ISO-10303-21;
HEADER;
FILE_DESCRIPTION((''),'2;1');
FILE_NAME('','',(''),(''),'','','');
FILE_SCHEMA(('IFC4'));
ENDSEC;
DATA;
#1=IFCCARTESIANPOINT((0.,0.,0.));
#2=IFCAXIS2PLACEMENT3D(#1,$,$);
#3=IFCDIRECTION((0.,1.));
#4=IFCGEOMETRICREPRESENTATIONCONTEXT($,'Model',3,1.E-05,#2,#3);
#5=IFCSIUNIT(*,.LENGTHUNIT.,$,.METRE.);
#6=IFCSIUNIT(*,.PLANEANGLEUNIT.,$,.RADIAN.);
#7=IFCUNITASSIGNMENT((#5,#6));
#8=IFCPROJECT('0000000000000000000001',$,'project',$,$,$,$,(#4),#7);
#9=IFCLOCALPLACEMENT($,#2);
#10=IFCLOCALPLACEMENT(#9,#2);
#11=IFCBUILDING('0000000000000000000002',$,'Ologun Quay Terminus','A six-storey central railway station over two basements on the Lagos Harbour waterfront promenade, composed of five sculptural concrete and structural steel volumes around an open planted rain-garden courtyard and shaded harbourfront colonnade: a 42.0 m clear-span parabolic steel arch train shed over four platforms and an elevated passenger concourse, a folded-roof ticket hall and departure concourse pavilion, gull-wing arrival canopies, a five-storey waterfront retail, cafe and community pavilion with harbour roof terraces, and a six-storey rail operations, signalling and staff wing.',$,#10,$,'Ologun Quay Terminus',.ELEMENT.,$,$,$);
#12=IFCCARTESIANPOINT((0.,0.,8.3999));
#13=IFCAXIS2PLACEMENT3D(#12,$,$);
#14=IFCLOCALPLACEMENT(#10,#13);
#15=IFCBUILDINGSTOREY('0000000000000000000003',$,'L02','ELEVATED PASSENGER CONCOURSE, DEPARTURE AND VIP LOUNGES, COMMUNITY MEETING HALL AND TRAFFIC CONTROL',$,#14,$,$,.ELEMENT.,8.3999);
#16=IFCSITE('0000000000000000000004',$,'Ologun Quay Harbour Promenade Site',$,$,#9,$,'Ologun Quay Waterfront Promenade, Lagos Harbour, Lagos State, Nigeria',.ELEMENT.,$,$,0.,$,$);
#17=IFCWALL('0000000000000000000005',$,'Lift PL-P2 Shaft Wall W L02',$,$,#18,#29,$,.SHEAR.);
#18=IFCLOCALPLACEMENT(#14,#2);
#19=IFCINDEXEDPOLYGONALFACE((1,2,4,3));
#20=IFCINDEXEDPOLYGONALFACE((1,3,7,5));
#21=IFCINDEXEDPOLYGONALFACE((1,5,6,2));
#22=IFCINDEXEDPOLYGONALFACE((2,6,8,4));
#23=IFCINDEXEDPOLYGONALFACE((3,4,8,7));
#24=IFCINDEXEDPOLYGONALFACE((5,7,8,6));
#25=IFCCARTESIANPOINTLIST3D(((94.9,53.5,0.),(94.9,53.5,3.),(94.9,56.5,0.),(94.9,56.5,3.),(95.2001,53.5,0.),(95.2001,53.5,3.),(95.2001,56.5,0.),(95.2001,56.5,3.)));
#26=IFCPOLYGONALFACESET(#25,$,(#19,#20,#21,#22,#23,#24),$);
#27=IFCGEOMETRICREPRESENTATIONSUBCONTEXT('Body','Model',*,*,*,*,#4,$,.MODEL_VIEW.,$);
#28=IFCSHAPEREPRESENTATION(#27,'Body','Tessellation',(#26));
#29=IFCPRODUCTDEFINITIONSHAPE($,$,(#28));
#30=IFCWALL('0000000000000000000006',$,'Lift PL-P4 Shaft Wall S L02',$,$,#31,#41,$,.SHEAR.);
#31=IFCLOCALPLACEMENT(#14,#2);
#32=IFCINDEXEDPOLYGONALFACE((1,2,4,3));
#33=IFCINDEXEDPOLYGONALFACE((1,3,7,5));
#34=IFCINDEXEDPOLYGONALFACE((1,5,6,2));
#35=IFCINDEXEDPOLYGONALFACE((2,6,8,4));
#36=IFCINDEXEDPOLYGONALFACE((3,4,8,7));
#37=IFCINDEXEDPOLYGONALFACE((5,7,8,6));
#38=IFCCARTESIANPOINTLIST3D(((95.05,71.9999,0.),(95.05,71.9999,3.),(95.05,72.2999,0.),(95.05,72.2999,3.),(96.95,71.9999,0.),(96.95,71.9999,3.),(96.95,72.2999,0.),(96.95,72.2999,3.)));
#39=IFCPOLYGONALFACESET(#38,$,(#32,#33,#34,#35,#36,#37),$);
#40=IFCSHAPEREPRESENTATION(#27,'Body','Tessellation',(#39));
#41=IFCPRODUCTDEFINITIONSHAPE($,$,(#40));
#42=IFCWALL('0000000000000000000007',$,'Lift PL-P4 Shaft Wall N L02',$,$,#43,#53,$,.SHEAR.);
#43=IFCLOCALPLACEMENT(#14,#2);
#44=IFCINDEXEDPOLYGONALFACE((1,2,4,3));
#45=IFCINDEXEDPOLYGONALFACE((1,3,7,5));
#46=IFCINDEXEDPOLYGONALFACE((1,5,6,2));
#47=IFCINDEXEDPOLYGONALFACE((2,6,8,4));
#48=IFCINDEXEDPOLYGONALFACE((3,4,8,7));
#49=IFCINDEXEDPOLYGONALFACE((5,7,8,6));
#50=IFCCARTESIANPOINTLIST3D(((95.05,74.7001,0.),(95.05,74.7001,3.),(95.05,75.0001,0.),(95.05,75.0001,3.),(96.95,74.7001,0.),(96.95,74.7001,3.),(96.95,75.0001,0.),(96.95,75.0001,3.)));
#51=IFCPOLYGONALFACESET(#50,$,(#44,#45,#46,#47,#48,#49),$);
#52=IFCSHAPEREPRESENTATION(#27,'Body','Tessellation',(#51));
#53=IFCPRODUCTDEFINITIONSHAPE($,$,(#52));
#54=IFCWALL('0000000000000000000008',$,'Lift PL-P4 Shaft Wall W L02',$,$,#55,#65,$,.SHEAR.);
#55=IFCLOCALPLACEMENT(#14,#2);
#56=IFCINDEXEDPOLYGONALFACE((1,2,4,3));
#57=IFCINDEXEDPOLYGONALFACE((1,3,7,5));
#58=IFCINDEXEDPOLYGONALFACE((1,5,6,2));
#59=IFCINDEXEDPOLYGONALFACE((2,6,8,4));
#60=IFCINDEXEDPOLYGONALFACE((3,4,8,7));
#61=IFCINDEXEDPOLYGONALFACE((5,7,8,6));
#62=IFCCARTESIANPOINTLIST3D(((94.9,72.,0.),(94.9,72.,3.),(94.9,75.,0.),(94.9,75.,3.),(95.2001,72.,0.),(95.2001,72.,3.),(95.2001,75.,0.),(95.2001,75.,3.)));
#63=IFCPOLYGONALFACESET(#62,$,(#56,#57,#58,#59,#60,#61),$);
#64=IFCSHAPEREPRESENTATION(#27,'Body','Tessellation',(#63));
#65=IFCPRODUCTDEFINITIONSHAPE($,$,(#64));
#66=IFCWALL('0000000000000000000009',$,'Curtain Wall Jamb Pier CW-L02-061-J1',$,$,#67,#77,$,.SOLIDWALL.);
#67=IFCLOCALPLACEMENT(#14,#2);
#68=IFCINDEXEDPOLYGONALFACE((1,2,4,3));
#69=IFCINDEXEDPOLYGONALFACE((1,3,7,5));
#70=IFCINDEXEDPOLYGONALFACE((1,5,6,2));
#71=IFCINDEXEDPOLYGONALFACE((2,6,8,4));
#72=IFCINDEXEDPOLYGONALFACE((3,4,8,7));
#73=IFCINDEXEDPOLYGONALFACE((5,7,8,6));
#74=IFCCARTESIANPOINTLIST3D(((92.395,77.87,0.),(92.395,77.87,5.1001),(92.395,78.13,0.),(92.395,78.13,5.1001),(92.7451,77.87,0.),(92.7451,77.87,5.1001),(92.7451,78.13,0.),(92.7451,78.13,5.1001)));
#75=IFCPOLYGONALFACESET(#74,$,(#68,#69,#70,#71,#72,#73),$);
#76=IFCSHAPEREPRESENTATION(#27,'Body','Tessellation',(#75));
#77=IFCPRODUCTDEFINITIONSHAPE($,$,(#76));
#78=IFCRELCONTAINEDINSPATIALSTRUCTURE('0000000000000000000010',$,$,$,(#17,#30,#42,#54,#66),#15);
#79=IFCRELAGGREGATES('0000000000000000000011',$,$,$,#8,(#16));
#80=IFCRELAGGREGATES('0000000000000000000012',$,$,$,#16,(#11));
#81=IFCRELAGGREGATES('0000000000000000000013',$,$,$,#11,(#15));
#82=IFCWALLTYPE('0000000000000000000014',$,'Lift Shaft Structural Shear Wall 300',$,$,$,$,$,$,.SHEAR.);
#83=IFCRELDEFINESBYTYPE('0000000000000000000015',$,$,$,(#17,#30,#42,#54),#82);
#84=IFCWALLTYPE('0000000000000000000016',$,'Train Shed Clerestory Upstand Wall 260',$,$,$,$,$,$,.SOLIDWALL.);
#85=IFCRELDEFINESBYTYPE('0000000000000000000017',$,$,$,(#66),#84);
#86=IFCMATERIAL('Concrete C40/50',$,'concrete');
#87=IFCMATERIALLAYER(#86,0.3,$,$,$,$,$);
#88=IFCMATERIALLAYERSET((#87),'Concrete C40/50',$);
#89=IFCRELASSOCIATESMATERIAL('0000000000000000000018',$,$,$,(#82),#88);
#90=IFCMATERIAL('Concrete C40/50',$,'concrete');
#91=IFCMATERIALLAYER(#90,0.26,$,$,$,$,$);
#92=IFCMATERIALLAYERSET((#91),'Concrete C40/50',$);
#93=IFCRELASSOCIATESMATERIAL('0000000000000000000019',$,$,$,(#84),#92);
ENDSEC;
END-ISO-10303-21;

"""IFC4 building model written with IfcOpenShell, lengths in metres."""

from ifc_helpers import new_model, si_unit, direction, frame, frame_2d, origin, place, context, subcontext, project, spatial, rectangle, extrude, material, layer, layer_set, type_object, element, save


model = new_model("IFC4")

# Units and contexts
model_context = context("Model", 3, precision=1e-05, world=origin(), true_north=direction((0.0, 1.0)))
body_context = subcontext(model_context, "Body", "Model", "MODEL_VIEW")
ifc_project = project(units=[si_unit("LENGTHUNIT", "METRE"), si_unit("PLANEANGLEUNIT", "RADIAN")], contexts=[model_context])

# Site, building, storey
site_placement = place(None, origin())
site = spatial("IfcSite", under=ifc_project, at=site_placement, Name="Ologun Quay Harbour Promenade Site", LongName="Ologun Quay Waterfront Promenade, Lagos Harbour, Lagos State, Nigeria", CompositionType="ELEMENT", RefElevation=0.0)
building_placement = place(site_placement, origin())
building = spatial("IfcBuilding", under=site, at=building_placement, Name="Ologun Quay Terminus", Description="A six-storey central railway station over two basements on the Lagos Harbour waterfront promenade, composed of five sculptural concrete and structural steel volumes around an open planted rain-garden courtyard and shaded harbourfront colonnade: a 42.0 m clear-span parabolic steel arch train shed over four platforms and an elevated passenger concourse, a folded-roof ticket hall and departure concourse pavilion, gull-wing arrival canopies, a five-storey waterfront retail, cafe and community pavilion with harbour roof terraces, and a six-storey rail operations, signalling and staff wing.", LongName="Ologun Quay Terminus", CompositionType="ELEMENT")
storey_placement = place(building_placement, frame((0.0, 0.0, 8.3999)))
storey = spatial("IfcBuildingStorey", under=building, at=storey_placement, Name="L02", Description="ELEVATED PASSENGER CONCOURSE, DEPARTURE AND VIP LOUNGES, COMMUNITY MEETING HALL AND TRAFFIC CONTROL", CompositionType="ELEMENT", Elevation=8.3999)

# Wall
ifc_material_1 = material(Name="Concrete C40/50", Category="concrete")
ifc_layer_1 = layer(ifc_material_1, 0.3)
ifc_layer_set_1 = layer_set([ifc_layer_1], Name="Concrete C40/50")
wall_type_1 = type_object("IfcWallType", Name="Lift Shaft Structural Shear Wall 300", PredefinedType="SHEAR", material=ifc_layer_set_1)
wall_1_placement = place(storey_placement, frame((95.05, 53.5, 0.0), z_axis=(0.0, 0.0, 1.0), x_axis=(0.0, 1.0, 0.0)))
element("IfcWall", 1, at=wall_1_placement, inside=storey, type_object=wall_type_1, Name="Lift PL-P2 Shaft Wall W L02", PredefinedType="SHEAR", context=body_context, shape_type="SweptSolid", body=[
    extrude(rectangle(XDim=3.0, YDim=0.3, at=frame_2d((1.5, 0.0))), origin(), (0.0, 0.0, 1.0), 3.0),
])

# Walls
for number, where, z_axis, x_axis, name in (
    (2, (95.05, 72.1499, 0.0), (0.0, 0.0, 1.0), (1.0, 0.0, 0.0), "Lift PL-P4 Shaft Wall S L02"),
    (3, (95.05, 74.8501, 0.0), (0.0, 0.0, 1.0), (1.0, 0.0, 0.0), "Lift PL-P4 Shaft Wall N L02"),
):
    element("IfcWall", number, at=place(storey_placement, frame(where, z_axis=z_axis, x_axis=x_axis)), inside=storey, type_object=wall_type_1, Name=name, PredefinedType="SHEAR", context=body_context, shape_type="SweptSolid", body=[
        extrude(rectangle(XDim=1.8999, YDim=0.3, at=frame_2d((0.95, 0.0))), origin(), (0.0, 0.0, 1.0), 3.0),
    ])
wall_2_placement = place(storey_placement, frame((95.05, 72.0, 0.0), z_axis=(0.0, 0.0, 1.0), x_axis=(0.0, 1.0, 0.0)))
element("IfcWall", 4, at=wall_2_placement, inside=storey, type_object=wall_type_1, Name="Lift PL-P4 Shaft Wall W L02", PredefinedType="SHEAR", context=body_context, shape_type="SweptSolid", body=[
    extrude(rectangle(XDim=3.0, YDim=0.3, at=frame_2d((1.5, 0.0))), origin(), (0.0, 0.0, 1.0), 3.0),
])

# Wall
ifc_material_2 = material(Name="Concrete C40/50", Category="concrete")
ifc_layer_2 = layer(ifc_material_2, 0.26)
ifc_layer_set_2 = layer_set([ifc_layer_2], Name="Concrete C40/50")
wall_type_2 = type_object("IfcWallType", Name="Train Shed Clerestory Upstand Wall 260", PredefinedType="SOLIDWALL", material=ifc_layer_set_2)
wall_3_placement = place(storey_placement, frame((92.395, 78.0, 0.0), z_axis=(0.0, 0.0, 1.0), x_axis=(1.0, 0.0, 0.0)))
element("IfcWall", 5, at=wall_3_placement, inside=storey, type_object=wall_type_2, Name="Curtain Wall Jamb Pier CW-L02-061-J1", PredefinedType="SOLIDWALL", context=body_context, shape_type="SweptSolid", body=[
    extrude(rectangle(XDim=0.3501, YDim=0.26, at=frame_2d((0.175, 0.0))), origin(), (0.0, 0.0, 1.0), 5.1001),
])

save(model, "model.ifc")
